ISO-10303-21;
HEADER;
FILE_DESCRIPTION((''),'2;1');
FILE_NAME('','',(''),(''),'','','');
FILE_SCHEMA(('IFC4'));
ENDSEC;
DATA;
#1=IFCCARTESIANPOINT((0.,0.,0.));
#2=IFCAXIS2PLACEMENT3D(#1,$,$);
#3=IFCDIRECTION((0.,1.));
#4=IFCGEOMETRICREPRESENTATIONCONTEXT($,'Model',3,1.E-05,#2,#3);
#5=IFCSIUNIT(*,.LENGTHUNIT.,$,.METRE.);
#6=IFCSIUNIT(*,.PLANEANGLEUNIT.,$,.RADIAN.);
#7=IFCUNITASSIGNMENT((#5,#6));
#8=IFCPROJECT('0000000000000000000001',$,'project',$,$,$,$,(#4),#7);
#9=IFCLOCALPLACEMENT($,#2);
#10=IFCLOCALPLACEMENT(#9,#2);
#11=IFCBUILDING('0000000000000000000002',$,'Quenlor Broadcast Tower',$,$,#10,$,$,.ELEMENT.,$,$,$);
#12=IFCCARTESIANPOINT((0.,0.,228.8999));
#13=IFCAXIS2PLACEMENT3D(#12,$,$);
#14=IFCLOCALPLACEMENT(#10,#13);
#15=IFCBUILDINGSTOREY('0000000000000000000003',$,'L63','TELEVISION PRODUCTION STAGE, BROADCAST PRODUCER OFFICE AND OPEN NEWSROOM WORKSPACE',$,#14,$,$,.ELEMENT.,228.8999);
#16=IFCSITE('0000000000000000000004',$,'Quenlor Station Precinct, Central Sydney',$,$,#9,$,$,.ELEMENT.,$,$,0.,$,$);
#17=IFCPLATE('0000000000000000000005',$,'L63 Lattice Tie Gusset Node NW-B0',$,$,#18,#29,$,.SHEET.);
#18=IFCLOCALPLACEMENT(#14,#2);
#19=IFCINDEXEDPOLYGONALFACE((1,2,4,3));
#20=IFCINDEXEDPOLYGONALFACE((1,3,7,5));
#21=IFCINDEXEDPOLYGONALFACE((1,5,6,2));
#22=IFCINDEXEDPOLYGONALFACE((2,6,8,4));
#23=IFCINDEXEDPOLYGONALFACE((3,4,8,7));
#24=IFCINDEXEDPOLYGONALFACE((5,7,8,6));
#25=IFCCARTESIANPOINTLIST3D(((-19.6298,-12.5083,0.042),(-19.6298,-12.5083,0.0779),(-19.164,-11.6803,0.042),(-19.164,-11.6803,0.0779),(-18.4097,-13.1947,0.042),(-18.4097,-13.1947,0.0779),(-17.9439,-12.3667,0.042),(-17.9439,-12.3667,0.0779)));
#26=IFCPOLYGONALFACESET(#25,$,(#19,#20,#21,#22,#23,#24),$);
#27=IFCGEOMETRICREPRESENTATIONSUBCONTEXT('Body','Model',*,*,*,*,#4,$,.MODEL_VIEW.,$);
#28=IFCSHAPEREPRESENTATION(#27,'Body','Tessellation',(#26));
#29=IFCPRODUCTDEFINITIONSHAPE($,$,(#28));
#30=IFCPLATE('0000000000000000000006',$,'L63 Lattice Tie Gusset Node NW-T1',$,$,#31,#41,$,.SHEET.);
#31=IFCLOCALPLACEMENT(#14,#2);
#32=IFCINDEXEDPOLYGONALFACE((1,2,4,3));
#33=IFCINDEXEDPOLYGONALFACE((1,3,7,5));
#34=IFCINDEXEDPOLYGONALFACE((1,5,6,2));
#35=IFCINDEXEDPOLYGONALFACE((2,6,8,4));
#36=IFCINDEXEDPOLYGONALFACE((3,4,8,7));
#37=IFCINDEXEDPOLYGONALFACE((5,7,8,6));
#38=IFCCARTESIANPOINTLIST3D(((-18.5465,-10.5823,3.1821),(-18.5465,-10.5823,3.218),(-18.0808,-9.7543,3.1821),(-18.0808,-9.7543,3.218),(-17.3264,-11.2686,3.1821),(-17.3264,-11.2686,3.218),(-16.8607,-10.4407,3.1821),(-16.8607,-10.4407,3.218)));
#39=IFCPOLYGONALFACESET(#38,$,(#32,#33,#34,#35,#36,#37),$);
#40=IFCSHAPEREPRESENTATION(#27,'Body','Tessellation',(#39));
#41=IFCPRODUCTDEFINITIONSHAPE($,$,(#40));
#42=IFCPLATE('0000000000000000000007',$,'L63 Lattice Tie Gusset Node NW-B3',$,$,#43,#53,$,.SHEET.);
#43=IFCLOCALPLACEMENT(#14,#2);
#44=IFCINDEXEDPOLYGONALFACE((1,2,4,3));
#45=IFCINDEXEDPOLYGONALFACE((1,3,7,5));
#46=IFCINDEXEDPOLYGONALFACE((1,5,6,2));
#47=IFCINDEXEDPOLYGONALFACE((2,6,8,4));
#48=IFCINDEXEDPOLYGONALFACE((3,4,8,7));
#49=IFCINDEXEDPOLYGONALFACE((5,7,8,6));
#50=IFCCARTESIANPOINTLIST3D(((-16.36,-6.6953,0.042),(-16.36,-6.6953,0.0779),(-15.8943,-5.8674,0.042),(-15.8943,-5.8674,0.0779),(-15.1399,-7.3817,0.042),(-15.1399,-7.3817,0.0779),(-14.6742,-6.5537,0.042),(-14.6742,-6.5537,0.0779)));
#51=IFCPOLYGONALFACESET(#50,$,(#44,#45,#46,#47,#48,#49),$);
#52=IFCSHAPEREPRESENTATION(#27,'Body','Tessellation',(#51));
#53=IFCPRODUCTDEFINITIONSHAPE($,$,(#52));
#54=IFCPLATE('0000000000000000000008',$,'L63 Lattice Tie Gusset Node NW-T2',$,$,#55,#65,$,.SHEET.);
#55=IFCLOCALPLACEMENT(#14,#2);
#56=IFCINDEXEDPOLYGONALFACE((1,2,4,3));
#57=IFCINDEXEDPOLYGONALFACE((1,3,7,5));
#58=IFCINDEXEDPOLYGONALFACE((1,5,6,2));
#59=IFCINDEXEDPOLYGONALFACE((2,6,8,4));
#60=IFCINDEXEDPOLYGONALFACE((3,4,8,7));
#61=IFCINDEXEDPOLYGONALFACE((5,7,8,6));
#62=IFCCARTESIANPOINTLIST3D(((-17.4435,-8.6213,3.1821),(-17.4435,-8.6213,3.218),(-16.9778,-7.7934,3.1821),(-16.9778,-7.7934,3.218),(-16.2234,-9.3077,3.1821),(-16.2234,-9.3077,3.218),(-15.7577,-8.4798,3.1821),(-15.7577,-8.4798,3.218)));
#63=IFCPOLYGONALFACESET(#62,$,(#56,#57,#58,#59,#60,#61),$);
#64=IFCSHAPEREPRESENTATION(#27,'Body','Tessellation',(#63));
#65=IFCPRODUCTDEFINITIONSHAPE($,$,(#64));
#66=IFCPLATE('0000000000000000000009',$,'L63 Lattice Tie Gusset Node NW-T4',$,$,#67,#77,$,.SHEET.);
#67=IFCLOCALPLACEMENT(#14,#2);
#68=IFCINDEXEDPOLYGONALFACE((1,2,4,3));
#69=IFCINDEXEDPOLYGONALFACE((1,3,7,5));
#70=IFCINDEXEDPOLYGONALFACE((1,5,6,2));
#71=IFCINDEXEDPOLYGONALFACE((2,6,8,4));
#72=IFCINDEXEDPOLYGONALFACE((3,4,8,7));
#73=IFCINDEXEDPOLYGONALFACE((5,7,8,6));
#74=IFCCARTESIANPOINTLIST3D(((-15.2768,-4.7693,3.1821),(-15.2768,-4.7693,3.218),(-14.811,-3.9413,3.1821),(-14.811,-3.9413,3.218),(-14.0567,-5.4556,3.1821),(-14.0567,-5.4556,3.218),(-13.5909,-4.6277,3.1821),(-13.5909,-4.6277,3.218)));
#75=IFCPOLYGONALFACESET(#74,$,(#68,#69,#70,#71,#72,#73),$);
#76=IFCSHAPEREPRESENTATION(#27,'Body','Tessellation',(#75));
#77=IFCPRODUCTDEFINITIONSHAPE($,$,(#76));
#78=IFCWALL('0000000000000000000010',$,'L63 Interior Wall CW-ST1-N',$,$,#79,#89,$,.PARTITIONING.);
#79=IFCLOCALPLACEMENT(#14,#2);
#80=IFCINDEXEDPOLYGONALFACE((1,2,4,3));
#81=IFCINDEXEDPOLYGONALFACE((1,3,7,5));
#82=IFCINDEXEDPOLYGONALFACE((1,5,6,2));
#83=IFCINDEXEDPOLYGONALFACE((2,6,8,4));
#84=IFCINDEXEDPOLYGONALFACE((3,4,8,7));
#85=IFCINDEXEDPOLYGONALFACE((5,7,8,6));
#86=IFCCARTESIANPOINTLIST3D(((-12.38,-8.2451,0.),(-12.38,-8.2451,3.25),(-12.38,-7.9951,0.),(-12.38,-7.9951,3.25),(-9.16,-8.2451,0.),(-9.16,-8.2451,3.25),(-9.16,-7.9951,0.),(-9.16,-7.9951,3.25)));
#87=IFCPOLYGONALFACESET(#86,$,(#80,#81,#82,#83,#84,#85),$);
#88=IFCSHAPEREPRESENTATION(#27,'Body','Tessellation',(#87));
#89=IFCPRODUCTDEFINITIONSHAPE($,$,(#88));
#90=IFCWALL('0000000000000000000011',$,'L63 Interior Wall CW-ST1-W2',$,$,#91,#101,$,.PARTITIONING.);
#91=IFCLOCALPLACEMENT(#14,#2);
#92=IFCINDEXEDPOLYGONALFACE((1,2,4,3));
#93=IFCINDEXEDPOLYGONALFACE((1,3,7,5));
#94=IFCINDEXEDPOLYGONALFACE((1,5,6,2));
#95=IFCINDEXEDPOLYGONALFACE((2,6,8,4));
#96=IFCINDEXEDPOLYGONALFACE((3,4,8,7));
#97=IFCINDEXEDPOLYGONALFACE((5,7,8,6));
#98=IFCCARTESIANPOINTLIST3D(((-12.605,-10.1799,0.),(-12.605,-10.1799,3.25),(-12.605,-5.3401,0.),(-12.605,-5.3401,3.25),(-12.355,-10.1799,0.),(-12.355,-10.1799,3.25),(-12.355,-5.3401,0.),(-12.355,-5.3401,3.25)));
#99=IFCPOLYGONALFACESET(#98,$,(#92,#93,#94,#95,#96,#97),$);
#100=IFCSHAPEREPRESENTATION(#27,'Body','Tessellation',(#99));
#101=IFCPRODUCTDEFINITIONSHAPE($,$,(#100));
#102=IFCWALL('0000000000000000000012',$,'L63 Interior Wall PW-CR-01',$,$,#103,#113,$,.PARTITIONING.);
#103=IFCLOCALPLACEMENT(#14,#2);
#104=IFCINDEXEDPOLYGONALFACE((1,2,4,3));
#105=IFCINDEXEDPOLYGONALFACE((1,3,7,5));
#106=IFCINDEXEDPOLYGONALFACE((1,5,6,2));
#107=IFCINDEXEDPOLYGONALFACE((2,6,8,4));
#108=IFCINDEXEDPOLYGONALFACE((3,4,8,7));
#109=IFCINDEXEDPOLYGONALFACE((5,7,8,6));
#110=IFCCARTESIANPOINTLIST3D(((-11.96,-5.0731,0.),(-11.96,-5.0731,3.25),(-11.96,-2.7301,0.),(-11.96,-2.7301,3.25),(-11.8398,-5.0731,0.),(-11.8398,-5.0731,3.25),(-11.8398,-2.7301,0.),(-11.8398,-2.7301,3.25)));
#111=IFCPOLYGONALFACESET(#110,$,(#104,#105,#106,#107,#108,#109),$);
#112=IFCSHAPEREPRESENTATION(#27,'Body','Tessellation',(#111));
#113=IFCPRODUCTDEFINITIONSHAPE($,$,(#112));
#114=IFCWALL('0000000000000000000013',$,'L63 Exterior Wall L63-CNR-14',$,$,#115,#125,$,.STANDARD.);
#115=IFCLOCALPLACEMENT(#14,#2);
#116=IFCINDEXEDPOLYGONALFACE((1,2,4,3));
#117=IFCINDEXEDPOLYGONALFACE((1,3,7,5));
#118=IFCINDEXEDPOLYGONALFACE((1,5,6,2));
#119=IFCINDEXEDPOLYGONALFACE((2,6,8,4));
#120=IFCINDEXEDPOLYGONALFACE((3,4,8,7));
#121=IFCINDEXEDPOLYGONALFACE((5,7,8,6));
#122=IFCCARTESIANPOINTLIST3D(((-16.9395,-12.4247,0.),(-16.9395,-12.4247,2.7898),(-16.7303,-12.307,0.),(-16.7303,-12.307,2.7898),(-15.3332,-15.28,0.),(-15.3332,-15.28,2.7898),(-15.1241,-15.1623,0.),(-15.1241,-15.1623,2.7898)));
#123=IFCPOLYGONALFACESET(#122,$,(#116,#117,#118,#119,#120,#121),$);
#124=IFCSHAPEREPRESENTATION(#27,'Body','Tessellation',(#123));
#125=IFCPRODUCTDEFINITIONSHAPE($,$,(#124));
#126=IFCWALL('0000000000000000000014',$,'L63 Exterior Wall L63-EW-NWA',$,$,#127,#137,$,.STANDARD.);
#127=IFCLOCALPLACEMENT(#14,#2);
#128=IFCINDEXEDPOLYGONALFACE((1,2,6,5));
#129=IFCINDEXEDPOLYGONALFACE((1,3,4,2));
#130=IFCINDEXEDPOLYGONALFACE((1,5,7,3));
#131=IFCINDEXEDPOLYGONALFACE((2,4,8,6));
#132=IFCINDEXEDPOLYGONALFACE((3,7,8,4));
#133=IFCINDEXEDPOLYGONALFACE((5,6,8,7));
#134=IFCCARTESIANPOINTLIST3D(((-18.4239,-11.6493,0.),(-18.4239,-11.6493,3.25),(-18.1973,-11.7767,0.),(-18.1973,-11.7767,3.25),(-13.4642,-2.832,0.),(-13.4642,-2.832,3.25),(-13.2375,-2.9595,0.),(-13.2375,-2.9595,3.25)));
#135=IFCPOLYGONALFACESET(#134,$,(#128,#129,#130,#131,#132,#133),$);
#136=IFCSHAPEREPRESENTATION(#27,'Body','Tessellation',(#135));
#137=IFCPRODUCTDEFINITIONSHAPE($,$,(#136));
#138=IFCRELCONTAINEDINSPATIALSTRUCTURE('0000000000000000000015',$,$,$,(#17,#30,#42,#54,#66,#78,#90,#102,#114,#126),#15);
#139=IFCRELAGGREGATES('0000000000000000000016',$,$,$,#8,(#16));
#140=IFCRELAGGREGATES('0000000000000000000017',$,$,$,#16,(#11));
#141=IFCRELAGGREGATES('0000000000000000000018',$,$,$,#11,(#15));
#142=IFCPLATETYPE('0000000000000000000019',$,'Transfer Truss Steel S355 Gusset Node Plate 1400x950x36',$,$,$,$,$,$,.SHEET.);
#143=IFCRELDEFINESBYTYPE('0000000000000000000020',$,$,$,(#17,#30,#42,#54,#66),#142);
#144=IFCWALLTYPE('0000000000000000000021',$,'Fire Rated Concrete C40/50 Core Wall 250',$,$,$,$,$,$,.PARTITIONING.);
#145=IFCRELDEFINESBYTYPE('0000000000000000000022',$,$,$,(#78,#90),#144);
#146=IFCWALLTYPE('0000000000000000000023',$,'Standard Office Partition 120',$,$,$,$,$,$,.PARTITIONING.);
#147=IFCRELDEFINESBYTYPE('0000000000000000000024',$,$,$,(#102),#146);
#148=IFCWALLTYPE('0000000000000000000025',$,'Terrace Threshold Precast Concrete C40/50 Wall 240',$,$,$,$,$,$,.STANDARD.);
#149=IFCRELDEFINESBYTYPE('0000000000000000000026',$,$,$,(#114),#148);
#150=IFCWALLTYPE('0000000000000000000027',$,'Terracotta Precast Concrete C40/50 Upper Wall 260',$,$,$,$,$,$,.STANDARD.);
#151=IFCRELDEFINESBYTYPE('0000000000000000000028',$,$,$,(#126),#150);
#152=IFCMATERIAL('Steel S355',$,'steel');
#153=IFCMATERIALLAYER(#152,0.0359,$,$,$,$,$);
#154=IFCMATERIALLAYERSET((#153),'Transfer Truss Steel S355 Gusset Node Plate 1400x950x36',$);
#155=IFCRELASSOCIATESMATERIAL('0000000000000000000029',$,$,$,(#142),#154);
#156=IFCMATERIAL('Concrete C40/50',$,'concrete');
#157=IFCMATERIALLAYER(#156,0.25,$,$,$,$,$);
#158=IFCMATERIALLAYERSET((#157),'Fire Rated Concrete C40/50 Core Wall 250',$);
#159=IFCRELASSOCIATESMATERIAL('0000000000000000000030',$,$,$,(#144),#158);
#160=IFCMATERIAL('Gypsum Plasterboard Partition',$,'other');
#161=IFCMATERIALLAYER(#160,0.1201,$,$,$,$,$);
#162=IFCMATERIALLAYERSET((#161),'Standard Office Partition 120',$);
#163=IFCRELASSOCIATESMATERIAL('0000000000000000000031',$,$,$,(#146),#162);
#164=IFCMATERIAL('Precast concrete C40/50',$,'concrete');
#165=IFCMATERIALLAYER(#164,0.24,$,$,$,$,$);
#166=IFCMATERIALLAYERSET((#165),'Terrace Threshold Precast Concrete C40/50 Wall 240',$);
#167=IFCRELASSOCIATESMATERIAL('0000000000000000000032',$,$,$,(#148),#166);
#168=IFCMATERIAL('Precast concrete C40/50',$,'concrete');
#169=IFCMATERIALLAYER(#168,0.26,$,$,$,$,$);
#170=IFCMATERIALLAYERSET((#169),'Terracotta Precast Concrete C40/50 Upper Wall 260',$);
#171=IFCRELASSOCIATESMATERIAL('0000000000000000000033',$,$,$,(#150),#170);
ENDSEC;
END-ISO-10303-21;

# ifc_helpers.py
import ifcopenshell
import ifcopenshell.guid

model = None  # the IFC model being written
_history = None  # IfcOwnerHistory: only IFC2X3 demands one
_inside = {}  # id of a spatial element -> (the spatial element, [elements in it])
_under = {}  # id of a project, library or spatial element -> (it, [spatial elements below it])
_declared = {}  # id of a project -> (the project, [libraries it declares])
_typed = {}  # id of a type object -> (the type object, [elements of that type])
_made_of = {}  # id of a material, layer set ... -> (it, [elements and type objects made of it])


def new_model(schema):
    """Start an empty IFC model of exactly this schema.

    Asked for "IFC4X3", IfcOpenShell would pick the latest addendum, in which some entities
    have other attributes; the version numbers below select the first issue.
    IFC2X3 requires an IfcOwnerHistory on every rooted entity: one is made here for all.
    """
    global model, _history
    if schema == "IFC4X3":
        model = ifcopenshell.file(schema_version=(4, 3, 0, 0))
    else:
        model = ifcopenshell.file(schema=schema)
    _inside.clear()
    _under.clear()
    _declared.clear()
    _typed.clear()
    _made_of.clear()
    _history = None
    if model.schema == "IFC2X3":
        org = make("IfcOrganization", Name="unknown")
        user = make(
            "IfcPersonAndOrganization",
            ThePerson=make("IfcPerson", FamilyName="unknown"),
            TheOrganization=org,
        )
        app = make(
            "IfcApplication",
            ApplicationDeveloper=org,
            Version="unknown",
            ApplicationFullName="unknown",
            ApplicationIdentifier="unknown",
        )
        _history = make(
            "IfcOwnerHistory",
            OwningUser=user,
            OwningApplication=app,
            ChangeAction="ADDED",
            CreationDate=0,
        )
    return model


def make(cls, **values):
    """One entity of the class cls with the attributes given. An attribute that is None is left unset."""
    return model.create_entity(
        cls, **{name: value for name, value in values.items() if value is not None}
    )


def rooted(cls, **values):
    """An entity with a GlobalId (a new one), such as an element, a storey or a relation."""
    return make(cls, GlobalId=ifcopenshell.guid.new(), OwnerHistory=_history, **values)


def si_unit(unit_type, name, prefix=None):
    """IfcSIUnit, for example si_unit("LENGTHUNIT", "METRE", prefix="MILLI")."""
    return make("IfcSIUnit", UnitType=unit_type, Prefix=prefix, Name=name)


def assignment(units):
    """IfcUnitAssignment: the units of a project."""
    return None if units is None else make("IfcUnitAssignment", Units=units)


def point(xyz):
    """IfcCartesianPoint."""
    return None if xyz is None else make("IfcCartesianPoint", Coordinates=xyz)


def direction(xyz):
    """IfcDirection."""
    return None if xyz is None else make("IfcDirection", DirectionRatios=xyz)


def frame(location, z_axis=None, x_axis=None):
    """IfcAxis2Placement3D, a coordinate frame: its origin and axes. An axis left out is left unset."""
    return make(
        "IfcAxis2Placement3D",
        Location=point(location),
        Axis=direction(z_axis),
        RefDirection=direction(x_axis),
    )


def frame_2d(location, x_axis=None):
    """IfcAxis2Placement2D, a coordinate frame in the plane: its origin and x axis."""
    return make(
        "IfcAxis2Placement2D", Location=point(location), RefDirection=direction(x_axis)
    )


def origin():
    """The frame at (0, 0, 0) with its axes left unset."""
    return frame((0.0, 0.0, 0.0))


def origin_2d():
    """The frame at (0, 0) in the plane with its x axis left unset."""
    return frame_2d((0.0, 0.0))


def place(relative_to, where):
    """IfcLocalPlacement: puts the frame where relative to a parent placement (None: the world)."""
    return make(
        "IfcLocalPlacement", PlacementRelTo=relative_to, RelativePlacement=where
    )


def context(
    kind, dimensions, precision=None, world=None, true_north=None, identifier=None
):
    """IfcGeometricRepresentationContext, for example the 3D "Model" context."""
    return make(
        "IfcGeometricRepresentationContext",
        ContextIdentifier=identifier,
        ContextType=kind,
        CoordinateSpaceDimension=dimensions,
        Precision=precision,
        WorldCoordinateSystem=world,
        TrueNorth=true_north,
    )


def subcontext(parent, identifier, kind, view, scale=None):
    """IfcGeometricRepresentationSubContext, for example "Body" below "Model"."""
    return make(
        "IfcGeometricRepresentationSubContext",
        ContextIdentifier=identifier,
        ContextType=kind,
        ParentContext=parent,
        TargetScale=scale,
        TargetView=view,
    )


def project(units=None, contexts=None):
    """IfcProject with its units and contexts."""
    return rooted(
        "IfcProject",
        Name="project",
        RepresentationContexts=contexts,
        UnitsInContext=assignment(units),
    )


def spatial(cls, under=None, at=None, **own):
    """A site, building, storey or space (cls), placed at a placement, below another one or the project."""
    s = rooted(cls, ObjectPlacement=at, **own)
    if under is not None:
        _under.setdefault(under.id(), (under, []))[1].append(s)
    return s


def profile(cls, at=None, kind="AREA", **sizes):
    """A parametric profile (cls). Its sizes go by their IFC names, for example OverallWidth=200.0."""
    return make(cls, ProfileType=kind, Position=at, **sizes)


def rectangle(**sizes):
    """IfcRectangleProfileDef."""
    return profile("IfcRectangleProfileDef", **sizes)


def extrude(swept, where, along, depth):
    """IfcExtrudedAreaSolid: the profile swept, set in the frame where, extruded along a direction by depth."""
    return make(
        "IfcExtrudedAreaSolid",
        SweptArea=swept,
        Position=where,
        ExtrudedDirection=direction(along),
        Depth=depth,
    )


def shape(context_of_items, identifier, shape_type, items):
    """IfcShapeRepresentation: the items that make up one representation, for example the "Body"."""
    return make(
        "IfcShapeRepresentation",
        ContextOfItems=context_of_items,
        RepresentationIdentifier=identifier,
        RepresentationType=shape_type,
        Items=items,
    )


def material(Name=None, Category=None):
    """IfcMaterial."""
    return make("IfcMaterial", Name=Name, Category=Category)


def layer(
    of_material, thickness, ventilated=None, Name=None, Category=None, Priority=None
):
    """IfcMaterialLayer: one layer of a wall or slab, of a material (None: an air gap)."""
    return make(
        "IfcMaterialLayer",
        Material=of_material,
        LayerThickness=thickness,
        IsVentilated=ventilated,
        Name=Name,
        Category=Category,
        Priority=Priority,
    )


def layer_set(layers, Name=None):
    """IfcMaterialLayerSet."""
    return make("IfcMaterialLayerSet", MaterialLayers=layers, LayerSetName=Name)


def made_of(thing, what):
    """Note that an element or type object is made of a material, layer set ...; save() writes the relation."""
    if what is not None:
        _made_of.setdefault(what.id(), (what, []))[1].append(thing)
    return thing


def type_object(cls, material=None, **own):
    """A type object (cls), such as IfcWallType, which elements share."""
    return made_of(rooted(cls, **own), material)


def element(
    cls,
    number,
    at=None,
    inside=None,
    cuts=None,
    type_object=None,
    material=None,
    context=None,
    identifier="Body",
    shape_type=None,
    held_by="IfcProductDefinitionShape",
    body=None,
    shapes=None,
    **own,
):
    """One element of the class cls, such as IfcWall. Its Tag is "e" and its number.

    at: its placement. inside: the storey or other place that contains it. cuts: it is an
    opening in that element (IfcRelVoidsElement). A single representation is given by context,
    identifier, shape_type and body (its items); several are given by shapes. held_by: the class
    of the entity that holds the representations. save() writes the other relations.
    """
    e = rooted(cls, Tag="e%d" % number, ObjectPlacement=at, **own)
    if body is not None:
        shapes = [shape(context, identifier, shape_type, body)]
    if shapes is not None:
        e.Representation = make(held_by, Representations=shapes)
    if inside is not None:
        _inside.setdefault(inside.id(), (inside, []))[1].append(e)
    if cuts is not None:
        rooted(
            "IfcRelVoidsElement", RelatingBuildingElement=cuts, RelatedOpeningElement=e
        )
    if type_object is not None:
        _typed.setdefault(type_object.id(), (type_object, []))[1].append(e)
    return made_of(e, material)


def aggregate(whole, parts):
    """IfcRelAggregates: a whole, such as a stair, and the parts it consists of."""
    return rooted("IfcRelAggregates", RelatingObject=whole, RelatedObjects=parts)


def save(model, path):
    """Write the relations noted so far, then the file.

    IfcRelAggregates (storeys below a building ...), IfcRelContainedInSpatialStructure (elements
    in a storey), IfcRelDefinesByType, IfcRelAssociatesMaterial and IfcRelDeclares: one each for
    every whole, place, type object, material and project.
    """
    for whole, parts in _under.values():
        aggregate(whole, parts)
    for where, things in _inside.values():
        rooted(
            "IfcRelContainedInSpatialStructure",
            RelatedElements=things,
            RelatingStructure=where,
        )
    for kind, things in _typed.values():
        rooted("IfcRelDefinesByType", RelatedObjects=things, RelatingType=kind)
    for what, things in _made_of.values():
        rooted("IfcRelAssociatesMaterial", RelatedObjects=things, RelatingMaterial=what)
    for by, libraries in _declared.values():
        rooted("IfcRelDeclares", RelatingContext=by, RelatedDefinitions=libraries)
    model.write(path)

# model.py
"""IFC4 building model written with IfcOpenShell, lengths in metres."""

from ifc_helpers import new_model, si_unit, direction, frame, frame_2d, origin, origin_2d, place, context, subcontext, project, spatial, rectangle, extrude, material, layer, layer_set, type_object, element, save


model = new_model("IFC4")

# Units and contexts
model_context = context("Model", 3, precision=1e-05, world=origin(), true_north=direction((0.0, 1.0)))
body_context = subcontext(model_context, "Body", "Model", "MODEL_VIEW")
ifc_project = project(units=[si_unit("LENGTHUNIT", "METRE"), si_unit("PLANEANGLEUNIT", "RADIAN")], contexts=[model_context])

# Site, building, storey
site_placement = place(None, origin())
site = spatial("IfcSite", under=ifc_project, at=site_placement, Name="Quenlor Station Precinct, Central Sydney", CompositionType="ELEMENT", RefElevation=0.0)
building_placement = place(site_placement, origin())
building = spatial("IfcBuilding", under=site, at=building_placement, Name="Quenlor Broadcast Tower", CompositionType="ELEMENT")
storey_placement = place(building_placement, frame((0.0, 0.0, 228.8999)))
storey = spatial("IfcBuildingStorey", under=building, at=storey_placement, Name="L63", Description="TELEVISION PRODUCTION STAGE, BROADCAST PRODUCER OFFICE AND OPEN NEWSROOM WORKSPACE", CompositionType="ELEMENT", Elevation=228.8999)

# Plates
ifc_material_1 = material(Name="Steel S355", Category="steel")
ifc_layer_1 = layer(ifc_material_1, 0.0359)
ifc_layer_set_1 = layer_set([ifc_layer_1], Name="Transfer Truss Steel S355 Gusset Node Plate 1400x950x36")
plate_type = type_object("IfcPlateType", Name="Transfer Truss Steel S355 Gusset Node Plate 1400x950x36", PredefinedType="SHEET", material=ifc_layer_set_1)
for number, where, z_axis, x_axis, name in (
    (1, (-18.7869, -12.4375, 0.042), (0.0, 0.0, 1.0), (-0.871556, 0.490295, 0.0), "L63 Lattice Tie Gusset Node NW-B0"),
    (2, (-17.7036, -10.5115, 3.1821), (0.0, 0.0, 1.0), (-0.871556, 0.490295, 0.0), "L63 Lattice Tie Gusset Node NW-T1"),
    (3, (-15.5171, -6.6245, 0.042), (0.0, 0.0, 1.0), (-0.871556, 0.490295, 0.0), "L63 Lattice Tie Gusset Node NW-B3"),
    (4, (-16.6006, -8.5505, 3.1821), (0.0, 0.0, 1.0), (-0.871556, 0.490295, 0.0), "L63 Lattice Tie Gusset Node NW-T2"),
    (5, (-14.4338, -4.6985, 3.1821), (0.0, 0.0, 1.0), (-0.871556, 0.490295, 0.0), "L63 Lattice Tie Gusset Node NW-T4"),
):
    element("IfcPlate", number, at=place(storey_placement, frame(where, z_axis=z_axis, x_axis=x_axis)), inside=storey, type_object=plate_type, Name=name, PredefinedType="SHEET", context=body_context, shape_type="SweptSolid", body=[
        extrude(rectangle(XDim=1.3999, YDim=0.95, at=origin_2d()), origin(), (0.0, 0.0, 1.0), 0.0359),
    ])

# Walls
ifc_material_2 = material(Name="Concrete C40/50", Category="concrete")
ifc_layer_2 = layer(ifc_material_2, 0.25)
ifc_layer_set_2 = layer_set([ifc_layer_2], Name="Fire Rated Concrete C40/50 Core Wall 250")
wall_type_1 = type_object("IfcWallType", Name="Fire Rated Concrete C40/50 Core Wall 250", PredefinedType="PARTITIONING", material=ifc_layer_set_2)
wall_1_placement = place(storey_placement, frame((-12.3799, -8.1201, 0.0), z_axis=(0.0, 0.0, 1.0), x_axis=(1.0, 0.0, 0.0)))
element("IfcWall", 6, at=wall_1_placement, inside=storey, type_object=wall_type_1, Name="L63 Interior Wall CW-ST1-N", PredefinedType="PARTITIONING", context=body_context, shape_type="SweptSolid", body=[
    extrude(rectangle(XDim=3.22, YDim=0.25, at=frame_2d((1.6099, 0.0))), origin(), (0.0, 0.0, 1.0), 3.25),
])
wall_2_placement = place(storey_placement, frame((-12.48, -10.1799, 0.0), z_axis=(0.0, 0.0, 1.0), x_axis=(0.0, 1.0, 0.0)))
element("IfcWall", 7, at=wall_2_placement, inside=storey, type_object=wall_type_1, Name="L63 Interior Wall CW-ST1-W2", PredefinedType="PARTITIONING", context=body_context, shape_type="SweptSolid", body=[
    extrude(rectangle(XDim=4.8398, YDim=0.25, at=frame_2d((2.4199, 0.0))), origin(), (0.0, 0.0, 1.0), 3.25),
])

# Walls
ifc_material_3 = material(Name="Gypsum Plasterboard Partition", Category="other")
ifc_layer_3 = layer(ifc_material_3, 0.1201)
ifc_layer_set_3 = layer_set([ifc_layer_3], Name="Standard Office Partition 120")
wall_type_2 = type_object("IfcWallType", Name="Standard Office Partition 120", PredefinedType="PARTITIONING", material=ifc_layer_set_3)
wall_3_placement = place(storey_placement, frame((-11.8999, -5.073, 0.0), z_axis=(0.0, 0.0, 1.0), x_axis=(0.0, 1.0, 0.0)))
element("IfcWall", 8, at=wall_3_placement, inside=storey, type_object=wall_type_2, Name="L63 Interior Wall PW-CR-01", PredefinedType="PARTITIONING", context=body_context, shape_type="SweptSolid", body=[
    extrude(rectangle(XDim=2.343, YDim=0.1201, at=frame_2d((1.1714, 0.0))), origin(), (0.0, 0.0, 1.0), 3.25),
])
ifc_material_4 = material(Name="Precast concrete C40/50", Category="concrete")
ifc_layer_4 = layer(ifc_material_4, 0.24)
ifc_layer_set_4 = layer_set([ifc_layer_4], Name="Terrace Threshold Precast Concrete C40/50 Wall 240")
wall_type_3 = type_object("IfcWallType", Name="Terrace Threshold Precast Concrete C40/50 Wall 240", PredefinedType="STANDARD", material=ifc_layer_set_4)
wall_4_placement = place(storey_placement, frame((-16.835, -12.3657, 0.0), z_axis=(0.0, 0.0, 1.0), x_axis=(0.490293, -0.871558, 0.0)))
element("IfcWall", 9, at=wall_4_placement, inside=storey, type_object=wall_type_3, Name="L63 Exterior Wall L63-CNR-14", PredefinedType="STANDARD", context=body_context, shape_type="SweptSolid", body=[
    extrude(rectangle(XDim=3.2761, YDim=0.24, at=frame_2d((1.6382, 0.0))), origin(), (0.0, 0.0, 1.0), 2.7898),
])
ifc_material_5 = material(Name="Precast concrete C40/50", Category="concrete")
ifc_layer_5 = layer(ifc_material_5, 0.26)
ifc_layer_set_5 = layer_set([ifc_layer_5], Name="Terracotta Precast Concrete C40/50 Upper Wall 260")
wall_type_4 = type_object("IfcWallType", Name="Terracotta Precast Concrete C40/50 Upper Wall 260", PredefinedType="STANDARD", material=ifc_layer_set_5)
wall_5_placement = place(storey_placement, frame((-18.3105, -11.7129, 0.0), z_axis=(0.0, 0.0, 1.0), x_axis=(0.490267, 0.871572, 0.0)))
element("IfcWall", 10, at=wall_5_placement, inside=storey, type_object=wall_type_4, Name="L63 Exterior Wall L63-EW-NWA", PredefinedType="STANDARD", context=body_context, shape_type="SweptSolid", body=[
    extrude(rectangle(XDim=10.1165, YDim=0.26, at=frame_2d((5.0581, 0.0))), origin(), (0.0, 0.0, 1.0), 3.25),
])

save(model, "model.ifc")
